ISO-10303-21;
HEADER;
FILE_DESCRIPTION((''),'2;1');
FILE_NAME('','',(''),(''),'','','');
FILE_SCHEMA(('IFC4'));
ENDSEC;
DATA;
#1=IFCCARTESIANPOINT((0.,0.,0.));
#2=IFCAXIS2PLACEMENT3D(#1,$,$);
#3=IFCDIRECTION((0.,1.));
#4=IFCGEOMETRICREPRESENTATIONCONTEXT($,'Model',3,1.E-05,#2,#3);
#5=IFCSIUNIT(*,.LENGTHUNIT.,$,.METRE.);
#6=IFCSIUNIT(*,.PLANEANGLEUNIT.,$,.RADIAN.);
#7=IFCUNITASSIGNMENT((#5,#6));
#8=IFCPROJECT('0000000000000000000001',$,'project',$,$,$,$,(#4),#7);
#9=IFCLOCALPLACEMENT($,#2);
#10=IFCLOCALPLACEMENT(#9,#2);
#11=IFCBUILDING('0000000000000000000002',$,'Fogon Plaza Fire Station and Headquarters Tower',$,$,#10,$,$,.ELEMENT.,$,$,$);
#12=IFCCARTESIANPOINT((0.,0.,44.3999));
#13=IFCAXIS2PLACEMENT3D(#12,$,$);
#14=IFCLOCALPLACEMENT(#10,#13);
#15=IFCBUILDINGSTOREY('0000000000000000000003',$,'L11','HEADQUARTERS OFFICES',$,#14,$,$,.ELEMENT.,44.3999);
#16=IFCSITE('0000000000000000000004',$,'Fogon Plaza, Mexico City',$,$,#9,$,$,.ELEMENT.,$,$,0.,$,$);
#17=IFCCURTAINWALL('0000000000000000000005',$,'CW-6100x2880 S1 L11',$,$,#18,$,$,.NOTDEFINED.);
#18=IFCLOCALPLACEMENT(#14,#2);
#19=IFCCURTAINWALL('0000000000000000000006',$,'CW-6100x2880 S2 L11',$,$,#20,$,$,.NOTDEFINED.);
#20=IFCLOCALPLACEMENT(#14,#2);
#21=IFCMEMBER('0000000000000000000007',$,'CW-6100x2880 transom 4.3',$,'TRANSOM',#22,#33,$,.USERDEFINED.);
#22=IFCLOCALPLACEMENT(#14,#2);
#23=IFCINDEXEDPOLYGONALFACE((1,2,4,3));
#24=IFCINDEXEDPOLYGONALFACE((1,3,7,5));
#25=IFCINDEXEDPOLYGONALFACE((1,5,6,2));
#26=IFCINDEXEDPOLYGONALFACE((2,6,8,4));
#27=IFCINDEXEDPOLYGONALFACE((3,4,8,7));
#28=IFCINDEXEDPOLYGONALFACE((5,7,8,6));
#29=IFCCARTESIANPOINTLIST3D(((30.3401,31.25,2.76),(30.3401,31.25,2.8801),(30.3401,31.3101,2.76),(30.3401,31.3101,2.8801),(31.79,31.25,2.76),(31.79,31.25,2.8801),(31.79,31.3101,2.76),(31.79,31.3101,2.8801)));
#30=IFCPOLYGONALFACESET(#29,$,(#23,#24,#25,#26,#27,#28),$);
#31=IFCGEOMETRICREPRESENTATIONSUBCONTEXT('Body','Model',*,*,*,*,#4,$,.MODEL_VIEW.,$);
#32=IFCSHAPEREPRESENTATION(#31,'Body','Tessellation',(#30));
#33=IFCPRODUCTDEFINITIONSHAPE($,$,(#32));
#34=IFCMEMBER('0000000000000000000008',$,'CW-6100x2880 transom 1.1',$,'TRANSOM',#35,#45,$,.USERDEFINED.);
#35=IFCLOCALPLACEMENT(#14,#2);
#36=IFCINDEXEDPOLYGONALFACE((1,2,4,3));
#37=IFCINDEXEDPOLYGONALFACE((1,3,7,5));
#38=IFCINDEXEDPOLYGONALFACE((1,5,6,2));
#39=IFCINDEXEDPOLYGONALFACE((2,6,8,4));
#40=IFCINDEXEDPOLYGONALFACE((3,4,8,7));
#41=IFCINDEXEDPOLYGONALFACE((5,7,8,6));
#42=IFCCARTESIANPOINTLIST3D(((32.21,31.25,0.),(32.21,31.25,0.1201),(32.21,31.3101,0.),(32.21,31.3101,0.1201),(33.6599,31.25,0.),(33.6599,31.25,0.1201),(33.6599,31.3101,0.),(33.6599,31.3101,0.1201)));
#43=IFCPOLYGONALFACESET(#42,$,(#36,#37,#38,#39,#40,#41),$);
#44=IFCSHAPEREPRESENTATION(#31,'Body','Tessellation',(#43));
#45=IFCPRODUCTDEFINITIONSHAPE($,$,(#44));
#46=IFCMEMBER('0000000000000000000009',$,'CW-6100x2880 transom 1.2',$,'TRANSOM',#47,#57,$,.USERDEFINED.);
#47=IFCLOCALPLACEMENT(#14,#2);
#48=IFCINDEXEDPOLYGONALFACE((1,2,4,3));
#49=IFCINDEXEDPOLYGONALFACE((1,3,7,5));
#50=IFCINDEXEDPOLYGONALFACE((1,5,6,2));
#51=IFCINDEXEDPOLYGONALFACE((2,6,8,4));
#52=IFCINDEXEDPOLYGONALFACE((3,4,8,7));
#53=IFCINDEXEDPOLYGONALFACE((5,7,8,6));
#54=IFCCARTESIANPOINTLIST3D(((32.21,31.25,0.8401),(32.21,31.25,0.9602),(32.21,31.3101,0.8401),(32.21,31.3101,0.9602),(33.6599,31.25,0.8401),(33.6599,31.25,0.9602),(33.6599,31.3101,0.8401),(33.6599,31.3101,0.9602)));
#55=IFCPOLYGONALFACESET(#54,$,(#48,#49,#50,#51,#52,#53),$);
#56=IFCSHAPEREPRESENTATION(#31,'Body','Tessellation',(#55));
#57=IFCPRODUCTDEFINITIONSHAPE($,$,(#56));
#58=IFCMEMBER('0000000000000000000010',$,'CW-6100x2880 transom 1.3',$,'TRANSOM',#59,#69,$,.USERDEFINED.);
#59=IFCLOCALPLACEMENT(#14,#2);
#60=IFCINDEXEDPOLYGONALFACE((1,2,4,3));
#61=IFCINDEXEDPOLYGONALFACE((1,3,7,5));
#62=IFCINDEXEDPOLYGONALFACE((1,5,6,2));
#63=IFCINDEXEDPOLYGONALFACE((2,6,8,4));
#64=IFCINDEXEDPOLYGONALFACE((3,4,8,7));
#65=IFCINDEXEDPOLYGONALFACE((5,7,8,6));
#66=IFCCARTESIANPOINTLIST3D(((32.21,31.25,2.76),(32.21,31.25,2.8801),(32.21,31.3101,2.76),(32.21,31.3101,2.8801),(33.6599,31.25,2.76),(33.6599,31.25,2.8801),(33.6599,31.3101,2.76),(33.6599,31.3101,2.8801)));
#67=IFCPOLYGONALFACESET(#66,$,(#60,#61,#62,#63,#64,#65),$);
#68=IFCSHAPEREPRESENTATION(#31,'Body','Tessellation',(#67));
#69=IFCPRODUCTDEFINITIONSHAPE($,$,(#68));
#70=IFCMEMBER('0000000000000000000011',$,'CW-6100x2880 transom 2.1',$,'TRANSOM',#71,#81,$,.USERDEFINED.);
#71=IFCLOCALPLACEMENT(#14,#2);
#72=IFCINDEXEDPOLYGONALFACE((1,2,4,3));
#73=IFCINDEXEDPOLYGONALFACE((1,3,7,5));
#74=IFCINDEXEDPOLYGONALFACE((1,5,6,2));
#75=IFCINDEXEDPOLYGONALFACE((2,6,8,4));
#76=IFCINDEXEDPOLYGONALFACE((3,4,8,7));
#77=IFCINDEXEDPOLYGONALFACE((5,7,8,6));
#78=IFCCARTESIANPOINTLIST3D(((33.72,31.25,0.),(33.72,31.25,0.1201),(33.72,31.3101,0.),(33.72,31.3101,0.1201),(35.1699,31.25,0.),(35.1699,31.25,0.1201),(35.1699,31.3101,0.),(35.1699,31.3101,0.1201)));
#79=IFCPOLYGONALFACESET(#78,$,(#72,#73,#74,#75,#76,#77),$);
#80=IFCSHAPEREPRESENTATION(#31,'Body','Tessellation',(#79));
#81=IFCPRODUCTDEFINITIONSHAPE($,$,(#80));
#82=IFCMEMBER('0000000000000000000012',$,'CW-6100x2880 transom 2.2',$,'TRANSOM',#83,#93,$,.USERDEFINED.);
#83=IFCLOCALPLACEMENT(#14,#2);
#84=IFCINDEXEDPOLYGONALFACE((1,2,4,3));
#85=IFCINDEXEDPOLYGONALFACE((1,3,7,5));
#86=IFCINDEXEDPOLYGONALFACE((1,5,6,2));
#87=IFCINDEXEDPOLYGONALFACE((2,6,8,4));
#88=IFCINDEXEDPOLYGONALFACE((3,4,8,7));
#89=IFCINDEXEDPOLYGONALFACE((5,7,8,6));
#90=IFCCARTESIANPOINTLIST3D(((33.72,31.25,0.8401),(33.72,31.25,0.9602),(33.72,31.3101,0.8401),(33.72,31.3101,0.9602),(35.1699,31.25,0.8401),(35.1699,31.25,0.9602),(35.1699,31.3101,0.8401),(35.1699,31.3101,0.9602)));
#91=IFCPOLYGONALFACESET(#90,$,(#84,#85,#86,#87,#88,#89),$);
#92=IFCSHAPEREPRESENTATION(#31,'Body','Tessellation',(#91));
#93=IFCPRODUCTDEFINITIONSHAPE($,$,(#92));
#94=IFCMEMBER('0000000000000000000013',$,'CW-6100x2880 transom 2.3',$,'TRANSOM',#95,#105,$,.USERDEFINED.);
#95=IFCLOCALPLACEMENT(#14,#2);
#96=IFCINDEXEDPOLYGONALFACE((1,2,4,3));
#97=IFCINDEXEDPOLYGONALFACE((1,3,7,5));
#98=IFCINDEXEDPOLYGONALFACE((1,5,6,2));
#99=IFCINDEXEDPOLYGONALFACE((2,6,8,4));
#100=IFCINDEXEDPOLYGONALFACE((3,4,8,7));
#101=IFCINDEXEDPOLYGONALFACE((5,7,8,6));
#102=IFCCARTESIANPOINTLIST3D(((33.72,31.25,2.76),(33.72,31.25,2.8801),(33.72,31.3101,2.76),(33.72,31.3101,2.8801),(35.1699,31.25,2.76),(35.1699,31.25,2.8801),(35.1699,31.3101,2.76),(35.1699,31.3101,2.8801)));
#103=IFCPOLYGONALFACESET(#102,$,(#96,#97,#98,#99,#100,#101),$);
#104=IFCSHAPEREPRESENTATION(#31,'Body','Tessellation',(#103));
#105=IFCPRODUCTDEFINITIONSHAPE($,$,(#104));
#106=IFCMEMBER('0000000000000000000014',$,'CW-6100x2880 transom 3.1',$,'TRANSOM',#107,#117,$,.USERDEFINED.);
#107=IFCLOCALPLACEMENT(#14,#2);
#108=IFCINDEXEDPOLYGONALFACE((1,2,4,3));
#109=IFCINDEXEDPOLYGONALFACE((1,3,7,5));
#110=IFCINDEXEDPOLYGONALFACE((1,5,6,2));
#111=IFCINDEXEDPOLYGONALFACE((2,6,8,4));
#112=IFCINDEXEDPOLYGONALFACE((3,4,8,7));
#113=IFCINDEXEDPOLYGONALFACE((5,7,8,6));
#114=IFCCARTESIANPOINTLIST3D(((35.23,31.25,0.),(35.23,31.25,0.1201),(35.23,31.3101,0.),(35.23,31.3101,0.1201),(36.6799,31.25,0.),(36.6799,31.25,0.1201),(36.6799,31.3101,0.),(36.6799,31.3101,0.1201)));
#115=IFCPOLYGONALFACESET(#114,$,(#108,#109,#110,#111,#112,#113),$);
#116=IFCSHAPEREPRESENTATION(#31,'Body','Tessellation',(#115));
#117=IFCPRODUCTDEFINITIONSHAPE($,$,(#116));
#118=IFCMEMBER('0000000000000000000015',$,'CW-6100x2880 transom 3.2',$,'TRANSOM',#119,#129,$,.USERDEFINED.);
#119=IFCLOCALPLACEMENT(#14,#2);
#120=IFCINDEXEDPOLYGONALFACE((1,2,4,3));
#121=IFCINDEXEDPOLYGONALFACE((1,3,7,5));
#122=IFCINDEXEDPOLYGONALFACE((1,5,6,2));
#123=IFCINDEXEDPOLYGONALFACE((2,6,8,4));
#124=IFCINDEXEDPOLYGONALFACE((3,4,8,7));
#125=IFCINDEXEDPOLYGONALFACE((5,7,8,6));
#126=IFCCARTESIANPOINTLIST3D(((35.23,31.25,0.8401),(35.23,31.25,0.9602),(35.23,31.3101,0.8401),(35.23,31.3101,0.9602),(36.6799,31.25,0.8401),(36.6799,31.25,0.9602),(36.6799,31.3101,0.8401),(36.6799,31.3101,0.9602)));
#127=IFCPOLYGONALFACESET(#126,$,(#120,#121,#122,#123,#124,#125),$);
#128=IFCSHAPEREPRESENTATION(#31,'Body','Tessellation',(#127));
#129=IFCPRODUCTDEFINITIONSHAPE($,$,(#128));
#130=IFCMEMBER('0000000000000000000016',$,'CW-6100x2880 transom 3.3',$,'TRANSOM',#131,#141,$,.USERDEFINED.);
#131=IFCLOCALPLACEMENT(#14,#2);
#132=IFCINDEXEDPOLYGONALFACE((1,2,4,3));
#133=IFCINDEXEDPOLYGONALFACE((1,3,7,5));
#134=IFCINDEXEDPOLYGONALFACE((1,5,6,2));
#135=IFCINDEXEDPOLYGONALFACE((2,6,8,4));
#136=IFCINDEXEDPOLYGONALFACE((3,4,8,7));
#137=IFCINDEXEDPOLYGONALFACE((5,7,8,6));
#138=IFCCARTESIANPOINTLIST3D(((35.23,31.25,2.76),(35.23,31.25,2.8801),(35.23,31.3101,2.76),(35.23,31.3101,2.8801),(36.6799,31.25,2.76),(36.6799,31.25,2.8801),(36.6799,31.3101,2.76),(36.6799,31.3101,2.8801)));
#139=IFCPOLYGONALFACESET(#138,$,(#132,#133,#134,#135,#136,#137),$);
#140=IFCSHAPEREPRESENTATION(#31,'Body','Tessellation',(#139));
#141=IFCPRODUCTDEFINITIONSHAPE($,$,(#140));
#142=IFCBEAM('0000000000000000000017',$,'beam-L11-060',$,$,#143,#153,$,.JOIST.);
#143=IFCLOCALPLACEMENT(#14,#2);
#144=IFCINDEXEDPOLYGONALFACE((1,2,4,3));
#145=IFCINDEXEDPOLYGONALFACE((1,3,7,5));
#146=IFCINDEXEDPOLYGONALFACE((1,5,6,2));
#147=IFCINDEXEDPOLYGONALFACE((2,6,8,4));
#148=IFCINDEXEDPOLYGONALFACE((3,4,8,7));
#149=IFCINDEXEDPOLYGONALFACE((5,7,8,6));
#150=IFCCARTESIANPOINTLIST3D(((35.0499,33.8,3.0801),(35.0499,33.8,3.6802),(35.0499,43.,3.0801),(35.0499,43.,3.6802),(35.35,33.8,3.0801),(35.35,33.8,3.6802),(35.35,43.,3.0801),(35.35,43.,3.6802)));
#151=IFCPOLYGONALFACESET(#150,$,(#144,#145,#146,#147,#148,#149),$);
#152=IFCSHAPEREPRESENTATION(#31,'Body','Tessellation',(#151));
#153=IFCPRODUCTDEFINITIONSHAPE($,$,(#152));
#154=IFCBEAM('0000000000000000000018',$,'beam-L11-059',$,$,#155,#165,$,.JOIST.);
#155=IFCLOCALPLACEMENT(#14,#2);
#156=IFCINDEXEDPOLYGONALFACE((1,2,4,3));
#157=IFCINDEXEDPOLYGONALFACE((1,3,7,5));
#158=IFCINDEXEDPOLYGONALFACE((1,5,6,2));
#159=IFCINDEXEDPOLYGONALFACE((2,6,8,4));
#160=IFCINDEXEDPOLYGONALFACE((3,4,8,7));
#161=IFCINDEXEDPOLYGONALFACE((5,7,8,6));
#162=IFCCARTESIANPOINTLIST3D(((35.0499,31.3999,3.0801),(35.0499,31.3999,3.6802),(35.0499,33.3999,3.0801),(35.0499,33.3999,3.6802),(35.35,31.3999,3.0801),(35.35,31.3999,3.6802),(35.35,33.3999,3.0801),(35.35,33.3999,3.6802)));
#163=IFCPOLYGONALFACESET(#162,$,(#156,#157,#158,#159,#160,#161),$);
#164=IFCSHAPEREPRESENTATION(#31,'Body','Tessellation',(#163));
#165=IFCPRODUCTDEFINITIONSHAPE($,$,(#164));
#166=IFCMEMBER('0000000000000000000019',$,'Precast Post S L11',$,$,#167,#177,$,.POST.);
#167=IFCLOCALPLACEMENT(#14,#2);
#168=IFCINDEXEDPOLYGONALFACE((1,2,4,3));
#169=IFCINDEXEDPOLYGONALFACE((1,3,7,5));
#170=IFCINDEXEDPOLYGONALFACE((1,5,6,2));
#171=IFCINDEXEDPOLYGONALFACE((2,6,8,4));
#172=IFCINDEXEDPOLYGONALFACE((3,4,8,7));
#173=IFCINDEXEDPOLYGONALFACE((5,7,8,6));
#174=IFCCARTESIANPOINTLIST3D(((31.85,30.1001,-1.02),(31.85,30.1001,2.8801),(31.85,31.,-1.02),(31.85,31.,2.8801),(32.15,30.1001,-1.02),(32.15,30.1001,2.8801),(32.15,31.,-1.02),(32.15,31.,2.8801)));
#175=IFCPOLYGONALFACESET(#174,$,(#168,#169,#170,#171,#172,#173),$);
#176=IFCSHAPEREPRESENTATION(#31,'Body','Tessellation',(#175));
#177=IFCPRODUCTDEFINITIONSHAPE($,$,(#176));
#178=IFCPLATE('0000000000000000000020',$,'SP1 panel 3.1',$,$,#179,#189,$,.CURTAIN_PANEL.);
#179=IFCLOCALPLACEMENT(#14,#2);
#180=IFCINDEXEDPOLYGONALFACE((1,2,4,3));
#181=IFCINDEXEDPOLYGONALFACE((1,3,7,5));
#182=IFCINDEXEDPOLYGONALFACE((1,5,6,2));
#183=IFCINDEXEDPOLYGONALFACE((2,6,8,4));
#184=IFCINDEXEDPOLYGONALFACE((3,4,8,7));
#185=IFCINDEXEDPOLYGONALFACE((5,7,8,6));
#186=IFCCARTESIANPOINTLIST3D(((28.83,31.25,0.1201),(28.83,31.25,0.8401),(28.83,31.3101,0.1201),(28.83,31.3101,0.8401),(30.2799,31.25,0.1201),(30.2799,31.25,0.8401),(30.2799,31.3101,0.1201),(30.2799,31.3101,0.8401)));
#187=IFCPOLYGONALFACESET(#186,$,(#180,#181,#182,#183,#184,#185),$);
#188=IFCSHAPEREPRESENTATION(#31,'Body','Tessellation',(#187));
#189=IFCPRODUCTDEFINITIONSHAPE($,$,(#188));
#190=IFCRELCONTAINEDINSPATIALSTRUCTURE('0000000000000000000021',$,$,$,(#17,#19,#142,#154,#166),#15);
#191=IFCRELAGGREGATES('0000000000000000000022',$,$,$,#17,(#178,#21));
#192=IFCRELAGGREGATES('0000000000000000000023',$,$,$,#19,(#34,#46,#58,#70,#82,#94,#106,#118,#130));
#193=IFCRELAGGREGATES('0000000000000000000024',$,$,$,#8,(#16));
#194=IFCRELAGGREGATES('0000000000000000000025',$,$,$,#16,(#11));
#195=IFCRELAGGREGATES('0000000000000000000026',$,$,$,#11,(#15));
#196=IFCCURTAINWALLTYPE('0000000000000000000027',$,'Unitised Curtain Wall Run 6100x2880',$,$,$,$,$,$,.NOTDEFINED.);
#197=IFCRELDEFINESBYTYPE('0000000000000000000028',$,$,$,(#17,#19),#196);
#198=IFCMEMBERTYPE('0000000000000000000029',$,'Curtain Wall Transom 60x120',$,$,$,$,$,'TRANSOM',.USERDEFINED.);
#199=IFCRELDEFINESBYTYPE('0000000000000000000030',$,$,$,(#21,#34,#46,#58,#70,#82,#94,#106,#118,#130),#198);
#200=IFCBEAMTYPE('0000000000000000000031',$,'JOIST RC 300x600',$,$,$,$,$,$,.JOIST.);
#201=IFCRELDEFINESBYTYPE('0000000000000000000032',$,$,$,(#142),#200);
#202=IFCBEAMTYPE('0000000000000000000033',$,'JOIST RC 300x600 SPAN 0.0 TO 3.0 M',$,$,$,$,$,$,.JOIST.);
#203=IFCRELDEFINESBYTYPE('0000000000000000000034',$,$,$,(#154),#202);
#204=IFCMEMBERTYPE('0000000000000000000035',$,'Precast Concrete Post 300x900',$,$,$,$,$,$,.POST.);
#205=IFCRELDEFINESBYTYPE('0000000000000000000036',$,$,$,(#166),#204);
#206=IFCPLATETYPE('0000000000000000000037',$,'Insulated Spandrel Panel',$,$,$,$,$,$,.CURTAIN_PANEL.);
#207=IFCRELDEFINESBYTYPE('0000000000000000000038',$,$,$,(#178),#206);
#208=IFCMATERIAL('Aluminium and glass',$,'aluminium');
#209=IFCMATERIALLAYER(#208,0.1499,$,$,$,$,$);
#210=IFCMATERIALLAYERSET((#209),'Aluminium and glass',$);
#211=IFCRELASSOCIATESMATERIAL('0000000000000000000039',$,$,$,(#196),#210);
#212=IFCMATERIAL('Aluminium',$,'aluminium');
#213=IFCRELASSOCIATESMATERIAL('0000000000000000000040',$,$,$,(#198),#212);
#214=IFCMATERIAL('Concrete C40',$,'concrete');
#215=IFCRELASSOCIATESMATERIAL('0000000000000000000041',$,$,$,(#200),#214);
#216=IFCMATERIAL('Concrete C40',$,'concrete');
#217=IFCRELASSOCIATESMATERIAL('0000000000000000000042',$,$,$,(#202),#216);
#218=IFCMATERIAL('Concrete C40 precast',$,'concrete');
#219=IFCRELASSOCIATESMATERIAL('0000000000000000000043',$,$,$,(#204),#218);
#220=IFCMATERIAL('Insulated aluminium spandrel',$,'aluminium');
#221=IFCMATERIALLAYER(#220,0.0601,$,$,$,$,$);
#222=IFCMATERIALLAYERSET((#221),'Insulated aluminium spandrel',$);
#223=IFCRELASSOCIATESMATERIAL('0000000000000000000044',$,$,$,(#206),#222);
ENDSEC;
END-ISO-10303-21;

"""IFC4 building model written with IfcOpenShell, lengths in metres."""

from ifc_helpers import new_model, si_unit, direction, frame, origin, origin_2d, place, context, subcontext, project, spatial, rectangle, extrude, material, layer, layer_set, material_profile, profile_set, type_object, element, aggregate, save


model = new_model("IFC4")

# Units and contexts
model_context = context("Model", 3, precision=1e-05, world=origin(), true_north=direction((0.0, 1.0)))
body_context = subcontext(model_context, "Body", "Model", "MODEL_VIEW")
ifc_project = project(units=[si_unit("LENGTHUNIT", "METRE"), si_unit("PLANEANGLEUNIT", "RADIAN")], contexts=[model_context])

# Site, building, storey
site_placement = place(None, origin())
site = spatial("IfcSite", under=ifc_project, at=site_placement, Name="Fogon Plaza, Mexico City", CompositionType="ELEMENT", RefElevation=0.0)
building_placement = place(site_placement, origin())
building = spatial("IfcBuilding", under=site, at=building_placement, Name="Fogon Plaza Fire Station and Headquarters Tower", CompositionType="ELEMENT")
storey_placement = place(building_placement, frame((0.0, 0.0, 44.3999)))
storey = spatial("IfcBuildingStorey", under=building, at=storey_placement, Name="L11", Description="HEADQUARTERS OFFICES", CompositionType="ELEMENT", Elevation=44.3999)

# Curtain walls
ifc_material_1 = material(Name="Aluminium and glass", Category="aluminium")
ifc_layer_1 = layer(ifc_material_1, 0.1499)
ifc_layer_set_1 = layer_set([ifc_layer_1], Name="Aluminium and glass")
curtain_wall_type = type_object("IfcCurtainWallType", Name="Unitised Curtain Wall Run 6100x2880", PredefinedType="NOTDEFINED", material=ifc_layer_set_1)
curtain_wall_1_placement = place(storey_placement, origin())
curtain_wall_1 = element("IfcCurtainWall", 1, at=curtain_wall_1_placement, inside=storey, type_object=curtain_wall_type, Name="CW-6100x2880 S1 L11", PredefinedType="NOTDEFINED")
curtain_wall_2_placement = place(storey_placement, origin())
curtain_wall_2 = element("IfcCurtainWall", 2, at=curtain_wall_2_placement, inside=storey, type_object=curtain_wall_type, Name="CW-6100x2880 S2 L11", PredefinedType="NOTDEFINED")

# Members
ifc_material_2 = material(Name="Aluminium", Category="aluminium")
ifc_material_profile_1 = material_profile(ifc_material_2, rectangle(XDim=0.0601, YDim=0.1201, at=origin_2d()), Name="Curtain Wall Transom 60x120")
ifc_profile_set_1 = profile_set([ifc_material_profile_1], Name="Aluminium")
member_type_1 = type_object("IfcMemberType", Name="Curtain Wall Transom 60x120", ElementType="TRANSOM", PredefinedType="USERDEFINED", material=ifc_profile_set_1)
member_1_placement = place(storey_placement, frame((30.3401, 31.28, 2.8201), z_axis=(1.0, 0.0, 0.0), x_axis=(0.0, 1.0, 0.0)))
member_1 = element("IfcMember", 3, at=member_1_placement, type_object=member_type_1, Name="CW-6100x2880 transom 4.3", ObjectType="TRANSOM", PredefinedType="USERDEFINED", context=body_context, shape_type="SweptSolid", body=[
    extrude(rectangle(XDim=0.0601, YDim=0.1201, at=origin_2d()), origin(), (0.0, 0.0, 1.0), 1.45),
])
member_2_placement = place(storey_placement, frame((32.21, 31.28, 0.0601), z_axis=(1.0, 0.0, 0.0), x_axis=(0.0, 1.0, 0.0)))
member_2 = element("IfcMember", 4, at=member_2_placement, type_object=member_type_1, Name="CW-6100x2880 transom 1.1", ObjectType="TRANSOM", PredefinedType="USERDEFINED", context=body_context, shape_type="SweptSolid", body=[
    extrude(rectangle(XDim=0.0601, YDim=0.1201, at=origin_2d()), origin(), (0.0, 0.0, 1.0), 1.45),
])
member_3_placement = place(storey_placement, frame((32.21, 31.28, 0.9001), z_axis=(1.0, 0.0, 0.0), x_axis=(0.0, 1.0, 0.0)))
member_3 = element("IfcMember", 5, at=member_3_placement, type_object=member_type_1, Name="CW-6100x2880 transom 1.2", ObjectType="TRANSOM", PredefinedType="USERDEFINED", context=body_context, shape_type="SweptSolid", body=[
    extrude(rectangle(XDim=0.0601, YDim=0.1201, at=origin_2d()), origin(), (0.0, 0.0, 1.0), 1.45),
])
member_4_placement = place(storey_placement, frame((32.21, 31.28, 2.8201), z_axis=(1.0, 0.0, 0.0), x_axis=(0.0, 1.0, 0.0)))
member_4 = element("IfcMember", 6, at=member_4_placement, type_object=member_type_1, Name="CW-6100x2880 transom 1.3", ObjectType="TRANSOM", PredefinedType="USERDEFINED", context=body_context, shape_type="SweptSolid", body=[
    extrude(rectangle(XDim=0.0601, YDim=0.1201, at=origin_2d()), origin(), (0.0, 0.0, 1.0), 1.45),
])
member_5_placement = place(storey_placement, frame((33.72, 31.28, 0.0601), z_axis=(1.0, 0.0, 0.0), x_axis=(0.0, 1.0, 0.0)))
member_5 = element("IfcMember", 7, at=member_5_placement, type_object=member_type_1, Name="CW-6100x2880 transom 2.1", ObjectType="TRANSOM", PredefinedType="USERDEFINED", context=body_context, shape_type="SweptSolid", body=[
    extrude(rectangle(XDim=0.0601, YDim=0.1201, at=origin_2d()), origin(), (0.0, 0.0, 1.0), 1.45),
])
member_6_placement = place(storey_placement, frame((33.72, 31.28, 0.9001), z_axis=(1.0, 0.0, 0.0), x_axis=(0.0, 1.0, 0.0)))
member_6 = element("IfcMember", 8, at=member_6_placement, type_object=member_type_1, Name="CW-6100x2880 transom 2.2", ObjectType="TRANSOM", PredefinedType="USERDEFINED", context=body_context, shape_type="SweptSolid", body=[
    extrude(rectangle(XDim=0.0601, YDim=0.1201, at=origin_2d()), origin(), (0.0, 0.0, 1.0), 1.45),
])
member_7_placement = place(storey_placement, frame((33.72, 31.28, 2.8201), z_axis=(1.0, 0.0, 0.0), x_axis=(0.0, 1.0, 0.0)))
member_7 = element("IfcMember", 9, at=member_7_placement, type_object=member_type_1, Name="CW-6100x2880 transom 2.3", ObjectType="TRANSOM", PredefinedType="USERDEFINED", context=body_context, shape_type="SweptSolid", body=[
    extrude(rectangle(XDim=0.0601, YDim=0.1201, at=origin_2d()), origin(), (0.0, 0.0, 1.0), 1.45),
])
member_8_placement = place(storey_placement, frame((35.23, 31.28, 0.0601), z_axis=(1.0, 0.0, 0.0), x_axis=(0.0, 1.0, 0.0)))
member_8 = element("IfcMember", 10, at=member_8_placement, type_object=member_type_1, Name="CW-6100x2880 transom 3.1", ObjectType="TRANSOM", PredefinedType="USERDEFINED", context=body_context, shape_type="SweptSolid", body=[
    extrude(rectangle(XDim=0.0601, YDim=0.1201, at=origin_2d()), origin(), (0.0, 0.0, 1.0), 1.45),
])
member_9_placement = place(storey_placement, frame((35.23, 31.28, 0.9001), z_axis=(1.0, 0.0, 0.0), x_axis=(0.0, 1.0, 0.0)))
member_9 = element("IfcMember", 11, at=member_9_placement, type_object=member_type_1, Name="CW-6100x2880 transom 3.2", ObjectType="TRANSOM", PredefinedType="USERDEFINED", context=body_context, shape_type="SweptSolid", body=[
    extrude(rectangle(XDim=0.0601, YDim=0.1201, at=origin_2d()), origin(), (0.0, 0.0, 1.0), 1.45),
])
member_10_placement = place(storey_placement, frame((35.23, 31.28, 2.8201), z_axis=(1.0, 0.0, 0.0), x_axis=(0.0, 1.0, 0.0)))
member_10 = element("IfcMember", 12, at=member_10_placement, type_object=member_type_1, Name="CW-6100x2880 transom 3.3", ObjectType="TRANSOM", PredefinedType="USERDEFINED", context=body_context, shape_type="SweptSolid", body=[
    extrude(rectangle(XDim=0.0601, YDim=0.1201, at=origin_2d()), origin(), (0.0, 0.0, 1.0), 1.45),
])

# Beams
ifc_material_3 = material(Name="Concrete C40", Category="concrete")
ifc_material_profile_2 = material_profile(ifc_material_3, rectangle(XDim=0.3, YDim=0.6001, at=origin_2d()), Name="RC 300x600")
ifc_profile_set_2 = profile_set([ifc_material_profile_2], Name="Concrete C40")
beam_type_1 = type_object("IfcBeamType", Name="JOIST RC 300x600", PredefinedType="JOIST", material=ifc_profile_set_2)
beam_1_placement = place(storey_placement, frame((35.2, 33.8, 3.3801), z_axis=(0.0, 1.0, 0.0), x_axis=(-1.0, 0.0, 0.0)))
element("IfcBeam", 13, at=beam_1_placement, inside=storey, type_object=beam_type_1, Name="beam-L11-060", PredefinedType="JOIST", context=body_context, shape_type="SweptSolid", body=[
    extrude(rectangle(XDim=0.3, YDim=0.6001, at=origin_2d()), origin(), (0.0, 0.0, 1.0), 9.2),
])
ifc_material_4 = material(Name="Concrete C40", Category="concrete")
ifc_material_profile_3 = material_profile(ifc_material_4, rectangle(XDim=0.3, YDim=0.6001, at=origin_2d()), Name="RC 300x600")
ifc_profile_set_3 = profile_set([ifc_material_profile_3], Name="Concrete C40")
beam_type_2 = type_object("IfcBeamType", Name="JOIST RC 300x600 SPAN 0.0 TO 3.0 M", PredefinedType="JOIST", material=ifc_profile_set_3)
beam_2_placement = place(storey_placement, frame((35.2, 31.3999, 3.3801), z_axis=(0.0, 1.0, 0.0), x_axis=(-1.0, 0.0, 0.0)))
element("IfcBeam", 14, at=beam_2_placement, inside=storey, type_object=beam_type_2, Name="beam-L11-059", PredefinedType="JOIST", context=body_context, shape_type="SweptSolid", body=[
    extrude(rectangle(XDim=0.3, YDim=0.6001, at=origin_2d()), origin(), (0.0, 0.0, 1.0), 2.0),
])

# Member
ifc_material_5 = material(Name="Concrete C40 precast", Category="concrete")
ifc_material_profile_4 = material_profile(ifc_material_5, rectangle(XDim=0.3, YDim=0.8999, at=origin_2d()), Name="Precast Concrete Post 300x900")
ifc_profile_set_4 = profile_set([ifc_material_profile_4], Name="Concrete C40 precast")
member_type_2 = type_object("IfcMemberType", Name="Precast Concrete Post 300x900", PredefinedType="POST", material=ifc_profile_set_4)
member_11_placement = place(storey_placement, frame((32.0, 30.55, -1.02), z_axis=(0.0, 0.0, 1.0), x_axis=(1.0, 0.0, 0.0)))
element("IfcMember", 15, at=member_11_placement, inside=storey, type_object=member_type_2, Name="Precast Post S L11", PredefinedType="POST", context=body_context, shape_type="SweptSolid", body=[
    extrude(rectangle(XDim=0.3, YDim=0.8999, at=origin_2d()), origin(), (0.0, 0.0, 1.0), 3.9001),
])

# Plate
ifc_material_6 = material(Name="Insulated aluminium spandrel", Category="aluminium")
ifc_layer_2 = layer(ifc_material_6, 0.0601)
ifc_layer_set_2 = layer_set([ifc_layer_2], Name="Insulated aluminium spandrel")
plate_type_1 = type_object("IfcPlateType", Name="Insulated Spandrel Panel", PredefinedType="CURTAIN_PANEL", material=ifc_layer_set_2)
plate_1_placement = place(storey_placement, frame((29.5549, 31.28, 0.1201), z_axis=(0.0, 0.0, 1.0), x_axis=(1.0, 0.0, 0.0)))
plate_1 = element("IfcPlate", 16, at=plate_1_placement, type_object=plate_type_1, Name="SP1 panel 3.1", PredefinedType="CURTAIN_PANEL", context=body_context, shape_type="SweptSolid", body=[
    extrude(rectangle(XDim=1.45, YDim=0.0601, at=origin_2d()), origin(), (0.0, 0.0, 1.0), 0.72),
])
aggregate(curtain_wall_1, [plate_1, member_1])
aggregate(curtain_wall_2, [member_2, member_3, member_4, member_5, member_6, member_7, member_8, member_9, member_10])

save(model, "model.ifc")
